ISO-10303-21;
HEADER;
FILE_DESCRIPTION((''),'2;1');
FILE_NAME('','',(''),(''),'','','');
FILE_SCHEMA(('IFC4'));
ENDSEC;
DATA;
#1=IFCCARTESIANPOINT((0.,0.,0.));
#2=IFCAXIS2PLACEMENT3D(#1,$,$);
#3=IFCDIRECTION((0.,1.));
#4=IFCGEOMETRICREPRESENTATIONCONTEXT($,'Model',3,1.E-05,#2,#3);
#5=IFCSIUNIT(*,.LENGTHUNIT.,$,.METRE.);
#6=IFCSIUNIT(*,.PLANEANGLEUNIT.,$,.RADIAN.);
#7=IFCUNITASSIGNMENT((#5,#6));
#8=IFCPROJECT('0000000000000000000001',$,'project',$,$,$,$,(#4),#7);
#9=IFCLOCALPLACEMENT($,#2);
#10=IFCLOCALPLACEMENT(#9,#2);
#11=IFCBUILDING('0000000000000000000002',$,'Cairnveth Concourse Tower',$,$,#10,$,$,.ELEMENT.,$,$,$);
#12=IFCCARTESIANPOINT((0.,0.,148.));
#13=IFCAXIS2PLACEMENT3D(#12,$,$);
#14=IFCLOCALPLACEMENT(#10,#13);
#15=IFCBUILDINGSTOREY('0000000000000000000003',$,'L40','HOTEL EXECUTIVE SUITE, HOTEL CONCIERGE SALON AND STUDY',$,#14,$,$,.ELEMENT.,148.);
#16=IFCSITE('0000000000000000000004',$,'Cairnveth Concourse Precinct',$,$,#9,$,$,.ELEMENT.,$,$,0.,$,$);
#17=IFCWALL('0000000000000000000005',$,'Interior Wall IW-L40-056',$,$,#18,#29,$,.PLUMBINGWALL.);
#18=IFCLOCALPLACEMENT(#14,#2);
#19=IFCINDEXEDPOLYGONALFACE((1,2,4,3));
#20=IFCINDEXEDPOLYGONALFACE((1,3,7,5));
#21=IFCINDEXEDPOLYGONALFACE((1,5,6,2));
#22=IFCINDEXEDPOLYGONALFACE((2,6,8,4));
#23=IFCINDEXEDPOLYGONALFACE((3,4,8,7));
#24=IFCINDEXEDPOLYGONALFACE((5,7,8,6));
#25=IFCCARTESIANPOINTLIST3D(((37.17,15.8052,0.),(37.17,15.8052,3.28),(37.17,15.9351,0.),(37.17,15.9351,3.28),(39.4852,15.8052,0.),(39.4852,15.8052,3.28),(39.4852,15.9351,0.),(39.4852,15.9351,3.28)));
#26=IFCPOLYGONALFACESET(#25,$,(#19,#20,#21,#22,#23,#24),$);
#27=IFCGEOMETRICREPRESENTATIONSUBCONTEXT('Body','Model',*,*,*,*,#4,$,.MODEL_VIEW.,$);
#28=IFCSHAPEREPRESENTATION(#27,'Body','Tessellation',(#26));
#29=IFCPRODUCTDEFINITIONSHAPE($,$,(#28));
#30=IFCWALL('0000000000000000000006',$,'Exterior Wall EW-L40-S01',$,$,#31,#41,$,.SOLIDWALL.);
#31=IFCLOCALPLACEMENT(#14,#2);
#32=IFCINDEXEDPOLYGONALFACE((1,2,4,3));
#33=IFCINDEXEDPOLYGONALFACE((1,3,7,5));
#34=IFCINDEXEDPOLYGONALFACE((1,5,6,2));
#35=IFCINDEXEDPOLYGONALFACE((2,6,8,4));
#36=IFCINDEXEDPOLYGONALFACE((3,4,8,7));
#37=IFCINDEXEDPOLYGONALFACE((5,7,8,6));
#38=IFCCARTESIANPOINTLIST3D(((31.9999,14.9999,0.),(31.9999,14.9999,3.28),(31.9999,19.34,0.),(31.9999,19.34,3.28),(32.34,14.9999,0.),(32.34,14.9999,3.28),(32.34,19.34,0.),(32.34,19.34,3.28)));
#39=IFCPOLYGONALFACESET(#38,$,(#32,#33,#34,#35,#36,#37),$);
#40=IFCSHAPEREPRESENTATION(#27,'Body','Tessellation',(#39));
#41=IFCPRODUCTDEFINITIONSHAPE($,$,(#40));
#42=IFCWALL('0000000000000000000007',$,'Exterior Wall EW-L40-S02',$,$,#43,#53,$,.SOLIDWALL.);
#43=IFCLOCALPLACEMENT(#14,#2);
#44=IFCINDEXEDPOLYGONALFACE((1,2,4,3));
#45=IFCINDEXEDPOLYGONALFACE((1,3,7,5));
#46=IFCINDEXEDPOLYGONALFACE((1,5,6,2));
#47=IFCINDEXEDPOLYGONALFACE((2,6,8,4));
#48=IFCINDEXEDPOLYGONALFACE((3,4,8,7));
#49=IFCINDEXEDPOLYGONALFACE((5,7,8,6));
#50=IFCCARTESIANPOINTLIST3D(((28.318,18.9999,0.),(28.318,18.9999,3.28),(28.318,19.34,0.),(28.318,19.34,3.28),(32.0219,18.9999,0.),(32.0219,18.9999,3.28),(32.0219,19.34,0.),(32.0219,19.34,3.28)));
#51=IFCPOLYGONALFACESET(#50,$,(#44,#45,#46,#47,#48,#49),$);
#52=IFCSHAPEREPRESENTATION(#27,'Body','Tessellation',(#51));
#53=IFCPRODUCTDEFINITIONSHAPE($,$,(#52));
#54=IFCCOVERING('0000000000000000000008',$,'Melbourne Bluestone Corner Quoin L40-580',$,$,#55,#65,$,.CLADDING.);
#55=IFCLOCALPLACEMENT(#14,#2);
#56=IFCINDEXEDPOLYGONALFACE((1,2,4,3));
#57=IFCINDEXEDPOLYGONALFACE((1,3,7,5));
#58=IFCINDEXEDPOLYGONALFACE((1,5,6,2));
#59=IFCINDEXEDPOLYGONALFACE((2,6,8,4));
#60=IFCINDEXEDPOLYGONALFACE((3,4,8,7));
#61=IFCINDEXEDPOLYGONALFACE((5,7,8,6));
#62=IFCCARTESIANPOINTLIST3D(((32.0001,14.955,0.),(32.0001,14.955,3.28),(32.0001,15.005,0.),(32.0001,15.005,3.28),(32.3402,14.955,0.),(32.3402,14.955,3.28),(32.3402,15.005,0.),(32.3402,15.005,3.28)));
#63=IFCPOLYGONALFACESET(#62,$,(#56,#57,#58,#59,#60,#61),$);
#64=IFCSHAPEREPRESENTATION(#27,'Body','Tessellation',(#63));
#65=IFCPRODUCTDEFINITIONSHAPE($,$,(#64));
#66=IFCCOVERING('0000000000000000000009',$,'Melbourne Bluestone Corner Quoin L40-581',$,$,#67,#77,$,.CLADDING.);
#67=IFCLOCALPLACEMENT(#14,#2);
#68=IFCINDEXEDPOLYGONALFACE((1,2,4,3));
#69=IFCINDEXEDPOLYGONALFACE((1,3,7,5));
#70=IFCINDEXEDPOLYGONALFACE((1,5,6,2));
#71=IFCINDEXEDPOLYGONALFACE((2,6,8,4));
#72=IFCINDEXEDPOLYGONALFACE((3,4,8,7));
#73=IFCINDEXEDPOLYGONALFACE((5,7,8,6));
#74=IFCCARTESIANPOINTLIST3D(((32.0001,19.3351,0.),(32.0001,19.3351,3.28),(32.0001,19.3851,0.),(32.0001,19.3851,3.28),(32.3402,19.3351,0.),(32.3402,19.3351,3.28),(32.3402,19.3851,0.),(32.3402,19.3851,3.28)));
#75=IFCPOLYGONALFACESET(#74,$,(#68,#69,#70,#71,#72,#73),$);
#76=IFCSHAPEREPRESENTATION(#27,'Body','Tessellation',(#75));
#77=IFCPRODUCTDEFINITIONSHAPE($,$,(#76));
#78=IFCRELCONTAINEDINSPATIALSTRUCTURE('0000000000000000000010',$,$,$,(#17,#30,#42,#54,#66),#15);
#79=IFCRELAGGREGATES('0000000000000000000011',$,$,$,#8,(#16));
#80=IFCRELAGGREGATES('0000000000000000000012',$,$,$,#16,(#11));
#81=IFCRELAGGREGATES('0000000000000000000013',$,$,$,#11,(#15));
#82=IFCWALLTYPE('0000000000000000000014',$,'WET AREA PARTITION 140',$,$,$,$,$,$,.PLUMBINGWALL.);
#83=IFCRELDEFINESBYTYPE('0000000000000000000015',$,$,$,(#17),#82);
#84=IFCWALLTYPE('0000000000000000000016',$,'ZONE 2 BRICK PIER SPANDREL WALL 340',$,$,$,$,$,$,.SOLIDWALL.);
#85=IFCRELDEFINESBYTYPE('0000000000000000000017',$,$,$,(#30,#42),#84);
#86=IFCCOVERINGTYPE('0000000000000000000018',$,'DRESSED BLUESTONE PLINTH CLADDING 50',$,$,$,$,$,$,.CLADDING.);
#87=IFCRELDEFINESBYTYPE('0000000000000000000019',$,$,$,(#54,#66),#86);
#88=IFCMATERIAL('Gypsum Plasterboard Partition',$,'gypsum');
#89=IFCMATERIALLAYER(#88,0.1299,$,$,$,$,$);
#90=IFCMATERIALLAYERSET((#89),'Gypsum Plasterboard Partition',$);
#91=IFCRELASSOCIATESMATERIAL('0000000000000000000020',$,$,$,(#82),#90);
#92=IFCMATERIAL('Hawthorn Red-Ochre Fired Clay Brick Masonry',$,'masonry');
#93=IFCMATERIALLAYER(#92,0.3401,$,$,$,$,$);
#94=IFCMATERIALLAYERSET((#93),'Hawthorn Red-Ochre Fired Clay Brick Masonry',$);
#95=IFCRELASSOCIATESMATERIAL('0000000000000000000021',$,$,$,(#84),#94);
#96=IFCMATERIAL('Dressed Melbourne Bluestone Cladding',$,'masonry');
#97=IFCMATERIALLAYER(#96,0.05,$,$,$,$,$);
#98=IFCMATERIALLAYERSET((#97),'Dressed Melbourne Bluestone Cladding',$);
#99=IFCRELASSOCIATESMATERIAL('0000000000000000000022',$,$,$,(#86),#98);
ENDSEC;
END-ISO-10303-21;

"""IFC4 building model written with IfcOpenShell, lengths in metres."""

from ifc_helpers import new_model, si_unit, direction, frame, frame_2d, origin, place, context, subcontext, project, spatial, rectangle, extrude, material, layer, layer_set, type_object, element, save


model = new_model("IFC4")

# Units and contexts
model_context = context("Model", 3, precision=1e-05, world=origin(), true_north=direction((0.0, 1.0)))
body_context = subcontext(model_context, "Body", "Model", "MODEL_VIEW")
ifc_project = project(units=[si_unit("LENGTHUNIT", "METRE"), si_unit("PLANEANGLEUNIT", "RADIAN")], contexts=[model_context])

# Site, building, storey
site_placement = place(None, origin())
site = spatial("IfcSite", under=ifc_project, at=site_placement, Name="Cairnveth Concourse Precinct", CompositionType="ELEMENT", RefElevation=0.0)
building_placement = place(site_placement, origin())
building = spatial("IfcBuilding", under=site, at=building_placement, Name="Cairnveth Concourse Tower", CompositionType="ELEMENT")
storey_placement = place(building_placement, frame((0.0, 0.0, 148.0)))
storey = spatial("IfcBuildingStorey", under=building, at=storey_placement, Name="L40", Description="HOTEL EXECUTIVE SUITE, HOTEL CONCIERGE SALON AND STUDY", CompositionType="ELEMENT", Elevation=148.0)

# Walls
ifc_material_1 = material(Name="Gypsum Plasterboard Partition", Category="gypsum")
ifc_layer_1 = layer(ifc_material_1, 0.1299)
ifc_layer_set_1 = layer_set([ifc_layer_1], Name="Gypsum Plasterboard Partition")
wall_type_1 = type_object("IfcWallType", Name="WET AREA PARTITION 140", PredefinedType="PLUMBINGWALL", material=ifc_layer_set_1)
wall_1_placement = place(storey_placement, frame((37.1699, 15.8701, 0.0), z_axis=(0.0, 0.0, 1.0), x_axis=(1.0, 0.0, 0.0)))
element("IfcWall", 1, at=wall_1_placement, inside=storey, type_object=wall_type_1, Name="Interior Wall IW-L40-056", PredefinedType="PLUMBINGWALL", context=body_context, shape_type="SweptSolid", body=[
    extrude(rectangle(XDim=2.3152, YDim=0.1299, at=frame_2d((1.1577, 0.0))), origin(), (0.0, 0.0, 1.0), 3.28),
])
ifc_material_2 = material(Name="Hawthorn Red-Ochre Fired Clay Brick Masonry", Category="masonry")
ifc_layer_2 = layer(ifc_material_2, 0.3401)
ifc_layer_set_2 = layer_set([ifc_layer_2], Name="Hawthorn Red-Ochre Fired Clay Brick Masonry")
wall_type_2 = type_object("IfcWallType", Name="ZONE 2 BRICK PIER SPANDREL WALL 340", PredefinedType="SOLIDWALL", material=ifc_layer_set_2)
wall_2_placement = place(storey_placement, frame((32.1699, 15.0, 0.0), z_axis=(0.0, 0.0, 1.0), x_axis=(0.0, 1.0, 0.0)))
element("IfcWall", 2, at=wall_2_placement, inside=storey, type_object=wall_type_2, Name="Exterior Wall EW-L40-S01", PredefinedType="SOLIDWALL", context=body_context, shape_type="SweptSolid", body=[
    extrude(rectangle(XDim=4.3401, YDim=0.3401, at=frame_2d((2.1699, 0.0))), origin(), (0.0, 0.0, 1.0), 3.28),
])
wall_3_placement = place(storey_placement, frame((32.022, 19.1699, 0.0), z_axis=(0.0, 0.0, 1.0), x_axis=(-1.0, 0.0, 0.0)))
element("IfcWall", 3, at=wall_3_placement, inside=storey, type_object=wall_type_2, Name="Exterior Wall EW-L40-S02", PredefinedType="SOLIDWALL", context=body_context, shape_type="SweptSolid", body=[
    extrude(rectangle(XDim=3.7039, YDim=0.3401, at=frame_2d((1.8521, 0.0))), origin(), (0.0, 0.0, 1.0), 3.28),
])

# Coverings
ifc_material_3 = material(Name="Dressed Melbourne Bluestone Cladding", Category="masonry")
ifc_layer_3 = layer(ifc_material_3, 0.05)
ifc_layer_set_3 = layer_set([ifc_layer_3], Name="Dressed Melbourne Bluestone Cladding")
covering_type = type_object("IfcCoveringType", Name="DRESSED BLUESTONE PLINTH CLADDING 50", PredefinedType="CLADDING", material=ifc_layer_set_3)
for number, where, z_axis, x_axis, name in (
    (4, (32.3401, 14.98, 0.0), (0.0, 0.0, 1.0), (-1.0, 0.0, 0.0), "Melbourne Bluestone Corner Quoin L40-580"),
    (5, (32.3401, 19.3601, 0.0), (0.0, 0.0, 1.0), (-1.0, 0.0, 0.0), "Melbourne Bluestone Corner Quoin L40-581"),
):
    element("IfcCovering", number, at=place(storey_placement, frame(where, z_axis=z_axis, x_axis=x_axis)), inside=storey, type_object=covering_type, Name=name, PredefinedType="CLADDING", context=body_context, shape_type="SweptSolid", body=[
        extrude(rectangle(XDim=0.3401, YDim=0.05, at=frame_2d((0.1699, 0.0))), origin(), (0.0, 0.0, 1.0), 3.28),
    ])

save(model, "model.ifc")
